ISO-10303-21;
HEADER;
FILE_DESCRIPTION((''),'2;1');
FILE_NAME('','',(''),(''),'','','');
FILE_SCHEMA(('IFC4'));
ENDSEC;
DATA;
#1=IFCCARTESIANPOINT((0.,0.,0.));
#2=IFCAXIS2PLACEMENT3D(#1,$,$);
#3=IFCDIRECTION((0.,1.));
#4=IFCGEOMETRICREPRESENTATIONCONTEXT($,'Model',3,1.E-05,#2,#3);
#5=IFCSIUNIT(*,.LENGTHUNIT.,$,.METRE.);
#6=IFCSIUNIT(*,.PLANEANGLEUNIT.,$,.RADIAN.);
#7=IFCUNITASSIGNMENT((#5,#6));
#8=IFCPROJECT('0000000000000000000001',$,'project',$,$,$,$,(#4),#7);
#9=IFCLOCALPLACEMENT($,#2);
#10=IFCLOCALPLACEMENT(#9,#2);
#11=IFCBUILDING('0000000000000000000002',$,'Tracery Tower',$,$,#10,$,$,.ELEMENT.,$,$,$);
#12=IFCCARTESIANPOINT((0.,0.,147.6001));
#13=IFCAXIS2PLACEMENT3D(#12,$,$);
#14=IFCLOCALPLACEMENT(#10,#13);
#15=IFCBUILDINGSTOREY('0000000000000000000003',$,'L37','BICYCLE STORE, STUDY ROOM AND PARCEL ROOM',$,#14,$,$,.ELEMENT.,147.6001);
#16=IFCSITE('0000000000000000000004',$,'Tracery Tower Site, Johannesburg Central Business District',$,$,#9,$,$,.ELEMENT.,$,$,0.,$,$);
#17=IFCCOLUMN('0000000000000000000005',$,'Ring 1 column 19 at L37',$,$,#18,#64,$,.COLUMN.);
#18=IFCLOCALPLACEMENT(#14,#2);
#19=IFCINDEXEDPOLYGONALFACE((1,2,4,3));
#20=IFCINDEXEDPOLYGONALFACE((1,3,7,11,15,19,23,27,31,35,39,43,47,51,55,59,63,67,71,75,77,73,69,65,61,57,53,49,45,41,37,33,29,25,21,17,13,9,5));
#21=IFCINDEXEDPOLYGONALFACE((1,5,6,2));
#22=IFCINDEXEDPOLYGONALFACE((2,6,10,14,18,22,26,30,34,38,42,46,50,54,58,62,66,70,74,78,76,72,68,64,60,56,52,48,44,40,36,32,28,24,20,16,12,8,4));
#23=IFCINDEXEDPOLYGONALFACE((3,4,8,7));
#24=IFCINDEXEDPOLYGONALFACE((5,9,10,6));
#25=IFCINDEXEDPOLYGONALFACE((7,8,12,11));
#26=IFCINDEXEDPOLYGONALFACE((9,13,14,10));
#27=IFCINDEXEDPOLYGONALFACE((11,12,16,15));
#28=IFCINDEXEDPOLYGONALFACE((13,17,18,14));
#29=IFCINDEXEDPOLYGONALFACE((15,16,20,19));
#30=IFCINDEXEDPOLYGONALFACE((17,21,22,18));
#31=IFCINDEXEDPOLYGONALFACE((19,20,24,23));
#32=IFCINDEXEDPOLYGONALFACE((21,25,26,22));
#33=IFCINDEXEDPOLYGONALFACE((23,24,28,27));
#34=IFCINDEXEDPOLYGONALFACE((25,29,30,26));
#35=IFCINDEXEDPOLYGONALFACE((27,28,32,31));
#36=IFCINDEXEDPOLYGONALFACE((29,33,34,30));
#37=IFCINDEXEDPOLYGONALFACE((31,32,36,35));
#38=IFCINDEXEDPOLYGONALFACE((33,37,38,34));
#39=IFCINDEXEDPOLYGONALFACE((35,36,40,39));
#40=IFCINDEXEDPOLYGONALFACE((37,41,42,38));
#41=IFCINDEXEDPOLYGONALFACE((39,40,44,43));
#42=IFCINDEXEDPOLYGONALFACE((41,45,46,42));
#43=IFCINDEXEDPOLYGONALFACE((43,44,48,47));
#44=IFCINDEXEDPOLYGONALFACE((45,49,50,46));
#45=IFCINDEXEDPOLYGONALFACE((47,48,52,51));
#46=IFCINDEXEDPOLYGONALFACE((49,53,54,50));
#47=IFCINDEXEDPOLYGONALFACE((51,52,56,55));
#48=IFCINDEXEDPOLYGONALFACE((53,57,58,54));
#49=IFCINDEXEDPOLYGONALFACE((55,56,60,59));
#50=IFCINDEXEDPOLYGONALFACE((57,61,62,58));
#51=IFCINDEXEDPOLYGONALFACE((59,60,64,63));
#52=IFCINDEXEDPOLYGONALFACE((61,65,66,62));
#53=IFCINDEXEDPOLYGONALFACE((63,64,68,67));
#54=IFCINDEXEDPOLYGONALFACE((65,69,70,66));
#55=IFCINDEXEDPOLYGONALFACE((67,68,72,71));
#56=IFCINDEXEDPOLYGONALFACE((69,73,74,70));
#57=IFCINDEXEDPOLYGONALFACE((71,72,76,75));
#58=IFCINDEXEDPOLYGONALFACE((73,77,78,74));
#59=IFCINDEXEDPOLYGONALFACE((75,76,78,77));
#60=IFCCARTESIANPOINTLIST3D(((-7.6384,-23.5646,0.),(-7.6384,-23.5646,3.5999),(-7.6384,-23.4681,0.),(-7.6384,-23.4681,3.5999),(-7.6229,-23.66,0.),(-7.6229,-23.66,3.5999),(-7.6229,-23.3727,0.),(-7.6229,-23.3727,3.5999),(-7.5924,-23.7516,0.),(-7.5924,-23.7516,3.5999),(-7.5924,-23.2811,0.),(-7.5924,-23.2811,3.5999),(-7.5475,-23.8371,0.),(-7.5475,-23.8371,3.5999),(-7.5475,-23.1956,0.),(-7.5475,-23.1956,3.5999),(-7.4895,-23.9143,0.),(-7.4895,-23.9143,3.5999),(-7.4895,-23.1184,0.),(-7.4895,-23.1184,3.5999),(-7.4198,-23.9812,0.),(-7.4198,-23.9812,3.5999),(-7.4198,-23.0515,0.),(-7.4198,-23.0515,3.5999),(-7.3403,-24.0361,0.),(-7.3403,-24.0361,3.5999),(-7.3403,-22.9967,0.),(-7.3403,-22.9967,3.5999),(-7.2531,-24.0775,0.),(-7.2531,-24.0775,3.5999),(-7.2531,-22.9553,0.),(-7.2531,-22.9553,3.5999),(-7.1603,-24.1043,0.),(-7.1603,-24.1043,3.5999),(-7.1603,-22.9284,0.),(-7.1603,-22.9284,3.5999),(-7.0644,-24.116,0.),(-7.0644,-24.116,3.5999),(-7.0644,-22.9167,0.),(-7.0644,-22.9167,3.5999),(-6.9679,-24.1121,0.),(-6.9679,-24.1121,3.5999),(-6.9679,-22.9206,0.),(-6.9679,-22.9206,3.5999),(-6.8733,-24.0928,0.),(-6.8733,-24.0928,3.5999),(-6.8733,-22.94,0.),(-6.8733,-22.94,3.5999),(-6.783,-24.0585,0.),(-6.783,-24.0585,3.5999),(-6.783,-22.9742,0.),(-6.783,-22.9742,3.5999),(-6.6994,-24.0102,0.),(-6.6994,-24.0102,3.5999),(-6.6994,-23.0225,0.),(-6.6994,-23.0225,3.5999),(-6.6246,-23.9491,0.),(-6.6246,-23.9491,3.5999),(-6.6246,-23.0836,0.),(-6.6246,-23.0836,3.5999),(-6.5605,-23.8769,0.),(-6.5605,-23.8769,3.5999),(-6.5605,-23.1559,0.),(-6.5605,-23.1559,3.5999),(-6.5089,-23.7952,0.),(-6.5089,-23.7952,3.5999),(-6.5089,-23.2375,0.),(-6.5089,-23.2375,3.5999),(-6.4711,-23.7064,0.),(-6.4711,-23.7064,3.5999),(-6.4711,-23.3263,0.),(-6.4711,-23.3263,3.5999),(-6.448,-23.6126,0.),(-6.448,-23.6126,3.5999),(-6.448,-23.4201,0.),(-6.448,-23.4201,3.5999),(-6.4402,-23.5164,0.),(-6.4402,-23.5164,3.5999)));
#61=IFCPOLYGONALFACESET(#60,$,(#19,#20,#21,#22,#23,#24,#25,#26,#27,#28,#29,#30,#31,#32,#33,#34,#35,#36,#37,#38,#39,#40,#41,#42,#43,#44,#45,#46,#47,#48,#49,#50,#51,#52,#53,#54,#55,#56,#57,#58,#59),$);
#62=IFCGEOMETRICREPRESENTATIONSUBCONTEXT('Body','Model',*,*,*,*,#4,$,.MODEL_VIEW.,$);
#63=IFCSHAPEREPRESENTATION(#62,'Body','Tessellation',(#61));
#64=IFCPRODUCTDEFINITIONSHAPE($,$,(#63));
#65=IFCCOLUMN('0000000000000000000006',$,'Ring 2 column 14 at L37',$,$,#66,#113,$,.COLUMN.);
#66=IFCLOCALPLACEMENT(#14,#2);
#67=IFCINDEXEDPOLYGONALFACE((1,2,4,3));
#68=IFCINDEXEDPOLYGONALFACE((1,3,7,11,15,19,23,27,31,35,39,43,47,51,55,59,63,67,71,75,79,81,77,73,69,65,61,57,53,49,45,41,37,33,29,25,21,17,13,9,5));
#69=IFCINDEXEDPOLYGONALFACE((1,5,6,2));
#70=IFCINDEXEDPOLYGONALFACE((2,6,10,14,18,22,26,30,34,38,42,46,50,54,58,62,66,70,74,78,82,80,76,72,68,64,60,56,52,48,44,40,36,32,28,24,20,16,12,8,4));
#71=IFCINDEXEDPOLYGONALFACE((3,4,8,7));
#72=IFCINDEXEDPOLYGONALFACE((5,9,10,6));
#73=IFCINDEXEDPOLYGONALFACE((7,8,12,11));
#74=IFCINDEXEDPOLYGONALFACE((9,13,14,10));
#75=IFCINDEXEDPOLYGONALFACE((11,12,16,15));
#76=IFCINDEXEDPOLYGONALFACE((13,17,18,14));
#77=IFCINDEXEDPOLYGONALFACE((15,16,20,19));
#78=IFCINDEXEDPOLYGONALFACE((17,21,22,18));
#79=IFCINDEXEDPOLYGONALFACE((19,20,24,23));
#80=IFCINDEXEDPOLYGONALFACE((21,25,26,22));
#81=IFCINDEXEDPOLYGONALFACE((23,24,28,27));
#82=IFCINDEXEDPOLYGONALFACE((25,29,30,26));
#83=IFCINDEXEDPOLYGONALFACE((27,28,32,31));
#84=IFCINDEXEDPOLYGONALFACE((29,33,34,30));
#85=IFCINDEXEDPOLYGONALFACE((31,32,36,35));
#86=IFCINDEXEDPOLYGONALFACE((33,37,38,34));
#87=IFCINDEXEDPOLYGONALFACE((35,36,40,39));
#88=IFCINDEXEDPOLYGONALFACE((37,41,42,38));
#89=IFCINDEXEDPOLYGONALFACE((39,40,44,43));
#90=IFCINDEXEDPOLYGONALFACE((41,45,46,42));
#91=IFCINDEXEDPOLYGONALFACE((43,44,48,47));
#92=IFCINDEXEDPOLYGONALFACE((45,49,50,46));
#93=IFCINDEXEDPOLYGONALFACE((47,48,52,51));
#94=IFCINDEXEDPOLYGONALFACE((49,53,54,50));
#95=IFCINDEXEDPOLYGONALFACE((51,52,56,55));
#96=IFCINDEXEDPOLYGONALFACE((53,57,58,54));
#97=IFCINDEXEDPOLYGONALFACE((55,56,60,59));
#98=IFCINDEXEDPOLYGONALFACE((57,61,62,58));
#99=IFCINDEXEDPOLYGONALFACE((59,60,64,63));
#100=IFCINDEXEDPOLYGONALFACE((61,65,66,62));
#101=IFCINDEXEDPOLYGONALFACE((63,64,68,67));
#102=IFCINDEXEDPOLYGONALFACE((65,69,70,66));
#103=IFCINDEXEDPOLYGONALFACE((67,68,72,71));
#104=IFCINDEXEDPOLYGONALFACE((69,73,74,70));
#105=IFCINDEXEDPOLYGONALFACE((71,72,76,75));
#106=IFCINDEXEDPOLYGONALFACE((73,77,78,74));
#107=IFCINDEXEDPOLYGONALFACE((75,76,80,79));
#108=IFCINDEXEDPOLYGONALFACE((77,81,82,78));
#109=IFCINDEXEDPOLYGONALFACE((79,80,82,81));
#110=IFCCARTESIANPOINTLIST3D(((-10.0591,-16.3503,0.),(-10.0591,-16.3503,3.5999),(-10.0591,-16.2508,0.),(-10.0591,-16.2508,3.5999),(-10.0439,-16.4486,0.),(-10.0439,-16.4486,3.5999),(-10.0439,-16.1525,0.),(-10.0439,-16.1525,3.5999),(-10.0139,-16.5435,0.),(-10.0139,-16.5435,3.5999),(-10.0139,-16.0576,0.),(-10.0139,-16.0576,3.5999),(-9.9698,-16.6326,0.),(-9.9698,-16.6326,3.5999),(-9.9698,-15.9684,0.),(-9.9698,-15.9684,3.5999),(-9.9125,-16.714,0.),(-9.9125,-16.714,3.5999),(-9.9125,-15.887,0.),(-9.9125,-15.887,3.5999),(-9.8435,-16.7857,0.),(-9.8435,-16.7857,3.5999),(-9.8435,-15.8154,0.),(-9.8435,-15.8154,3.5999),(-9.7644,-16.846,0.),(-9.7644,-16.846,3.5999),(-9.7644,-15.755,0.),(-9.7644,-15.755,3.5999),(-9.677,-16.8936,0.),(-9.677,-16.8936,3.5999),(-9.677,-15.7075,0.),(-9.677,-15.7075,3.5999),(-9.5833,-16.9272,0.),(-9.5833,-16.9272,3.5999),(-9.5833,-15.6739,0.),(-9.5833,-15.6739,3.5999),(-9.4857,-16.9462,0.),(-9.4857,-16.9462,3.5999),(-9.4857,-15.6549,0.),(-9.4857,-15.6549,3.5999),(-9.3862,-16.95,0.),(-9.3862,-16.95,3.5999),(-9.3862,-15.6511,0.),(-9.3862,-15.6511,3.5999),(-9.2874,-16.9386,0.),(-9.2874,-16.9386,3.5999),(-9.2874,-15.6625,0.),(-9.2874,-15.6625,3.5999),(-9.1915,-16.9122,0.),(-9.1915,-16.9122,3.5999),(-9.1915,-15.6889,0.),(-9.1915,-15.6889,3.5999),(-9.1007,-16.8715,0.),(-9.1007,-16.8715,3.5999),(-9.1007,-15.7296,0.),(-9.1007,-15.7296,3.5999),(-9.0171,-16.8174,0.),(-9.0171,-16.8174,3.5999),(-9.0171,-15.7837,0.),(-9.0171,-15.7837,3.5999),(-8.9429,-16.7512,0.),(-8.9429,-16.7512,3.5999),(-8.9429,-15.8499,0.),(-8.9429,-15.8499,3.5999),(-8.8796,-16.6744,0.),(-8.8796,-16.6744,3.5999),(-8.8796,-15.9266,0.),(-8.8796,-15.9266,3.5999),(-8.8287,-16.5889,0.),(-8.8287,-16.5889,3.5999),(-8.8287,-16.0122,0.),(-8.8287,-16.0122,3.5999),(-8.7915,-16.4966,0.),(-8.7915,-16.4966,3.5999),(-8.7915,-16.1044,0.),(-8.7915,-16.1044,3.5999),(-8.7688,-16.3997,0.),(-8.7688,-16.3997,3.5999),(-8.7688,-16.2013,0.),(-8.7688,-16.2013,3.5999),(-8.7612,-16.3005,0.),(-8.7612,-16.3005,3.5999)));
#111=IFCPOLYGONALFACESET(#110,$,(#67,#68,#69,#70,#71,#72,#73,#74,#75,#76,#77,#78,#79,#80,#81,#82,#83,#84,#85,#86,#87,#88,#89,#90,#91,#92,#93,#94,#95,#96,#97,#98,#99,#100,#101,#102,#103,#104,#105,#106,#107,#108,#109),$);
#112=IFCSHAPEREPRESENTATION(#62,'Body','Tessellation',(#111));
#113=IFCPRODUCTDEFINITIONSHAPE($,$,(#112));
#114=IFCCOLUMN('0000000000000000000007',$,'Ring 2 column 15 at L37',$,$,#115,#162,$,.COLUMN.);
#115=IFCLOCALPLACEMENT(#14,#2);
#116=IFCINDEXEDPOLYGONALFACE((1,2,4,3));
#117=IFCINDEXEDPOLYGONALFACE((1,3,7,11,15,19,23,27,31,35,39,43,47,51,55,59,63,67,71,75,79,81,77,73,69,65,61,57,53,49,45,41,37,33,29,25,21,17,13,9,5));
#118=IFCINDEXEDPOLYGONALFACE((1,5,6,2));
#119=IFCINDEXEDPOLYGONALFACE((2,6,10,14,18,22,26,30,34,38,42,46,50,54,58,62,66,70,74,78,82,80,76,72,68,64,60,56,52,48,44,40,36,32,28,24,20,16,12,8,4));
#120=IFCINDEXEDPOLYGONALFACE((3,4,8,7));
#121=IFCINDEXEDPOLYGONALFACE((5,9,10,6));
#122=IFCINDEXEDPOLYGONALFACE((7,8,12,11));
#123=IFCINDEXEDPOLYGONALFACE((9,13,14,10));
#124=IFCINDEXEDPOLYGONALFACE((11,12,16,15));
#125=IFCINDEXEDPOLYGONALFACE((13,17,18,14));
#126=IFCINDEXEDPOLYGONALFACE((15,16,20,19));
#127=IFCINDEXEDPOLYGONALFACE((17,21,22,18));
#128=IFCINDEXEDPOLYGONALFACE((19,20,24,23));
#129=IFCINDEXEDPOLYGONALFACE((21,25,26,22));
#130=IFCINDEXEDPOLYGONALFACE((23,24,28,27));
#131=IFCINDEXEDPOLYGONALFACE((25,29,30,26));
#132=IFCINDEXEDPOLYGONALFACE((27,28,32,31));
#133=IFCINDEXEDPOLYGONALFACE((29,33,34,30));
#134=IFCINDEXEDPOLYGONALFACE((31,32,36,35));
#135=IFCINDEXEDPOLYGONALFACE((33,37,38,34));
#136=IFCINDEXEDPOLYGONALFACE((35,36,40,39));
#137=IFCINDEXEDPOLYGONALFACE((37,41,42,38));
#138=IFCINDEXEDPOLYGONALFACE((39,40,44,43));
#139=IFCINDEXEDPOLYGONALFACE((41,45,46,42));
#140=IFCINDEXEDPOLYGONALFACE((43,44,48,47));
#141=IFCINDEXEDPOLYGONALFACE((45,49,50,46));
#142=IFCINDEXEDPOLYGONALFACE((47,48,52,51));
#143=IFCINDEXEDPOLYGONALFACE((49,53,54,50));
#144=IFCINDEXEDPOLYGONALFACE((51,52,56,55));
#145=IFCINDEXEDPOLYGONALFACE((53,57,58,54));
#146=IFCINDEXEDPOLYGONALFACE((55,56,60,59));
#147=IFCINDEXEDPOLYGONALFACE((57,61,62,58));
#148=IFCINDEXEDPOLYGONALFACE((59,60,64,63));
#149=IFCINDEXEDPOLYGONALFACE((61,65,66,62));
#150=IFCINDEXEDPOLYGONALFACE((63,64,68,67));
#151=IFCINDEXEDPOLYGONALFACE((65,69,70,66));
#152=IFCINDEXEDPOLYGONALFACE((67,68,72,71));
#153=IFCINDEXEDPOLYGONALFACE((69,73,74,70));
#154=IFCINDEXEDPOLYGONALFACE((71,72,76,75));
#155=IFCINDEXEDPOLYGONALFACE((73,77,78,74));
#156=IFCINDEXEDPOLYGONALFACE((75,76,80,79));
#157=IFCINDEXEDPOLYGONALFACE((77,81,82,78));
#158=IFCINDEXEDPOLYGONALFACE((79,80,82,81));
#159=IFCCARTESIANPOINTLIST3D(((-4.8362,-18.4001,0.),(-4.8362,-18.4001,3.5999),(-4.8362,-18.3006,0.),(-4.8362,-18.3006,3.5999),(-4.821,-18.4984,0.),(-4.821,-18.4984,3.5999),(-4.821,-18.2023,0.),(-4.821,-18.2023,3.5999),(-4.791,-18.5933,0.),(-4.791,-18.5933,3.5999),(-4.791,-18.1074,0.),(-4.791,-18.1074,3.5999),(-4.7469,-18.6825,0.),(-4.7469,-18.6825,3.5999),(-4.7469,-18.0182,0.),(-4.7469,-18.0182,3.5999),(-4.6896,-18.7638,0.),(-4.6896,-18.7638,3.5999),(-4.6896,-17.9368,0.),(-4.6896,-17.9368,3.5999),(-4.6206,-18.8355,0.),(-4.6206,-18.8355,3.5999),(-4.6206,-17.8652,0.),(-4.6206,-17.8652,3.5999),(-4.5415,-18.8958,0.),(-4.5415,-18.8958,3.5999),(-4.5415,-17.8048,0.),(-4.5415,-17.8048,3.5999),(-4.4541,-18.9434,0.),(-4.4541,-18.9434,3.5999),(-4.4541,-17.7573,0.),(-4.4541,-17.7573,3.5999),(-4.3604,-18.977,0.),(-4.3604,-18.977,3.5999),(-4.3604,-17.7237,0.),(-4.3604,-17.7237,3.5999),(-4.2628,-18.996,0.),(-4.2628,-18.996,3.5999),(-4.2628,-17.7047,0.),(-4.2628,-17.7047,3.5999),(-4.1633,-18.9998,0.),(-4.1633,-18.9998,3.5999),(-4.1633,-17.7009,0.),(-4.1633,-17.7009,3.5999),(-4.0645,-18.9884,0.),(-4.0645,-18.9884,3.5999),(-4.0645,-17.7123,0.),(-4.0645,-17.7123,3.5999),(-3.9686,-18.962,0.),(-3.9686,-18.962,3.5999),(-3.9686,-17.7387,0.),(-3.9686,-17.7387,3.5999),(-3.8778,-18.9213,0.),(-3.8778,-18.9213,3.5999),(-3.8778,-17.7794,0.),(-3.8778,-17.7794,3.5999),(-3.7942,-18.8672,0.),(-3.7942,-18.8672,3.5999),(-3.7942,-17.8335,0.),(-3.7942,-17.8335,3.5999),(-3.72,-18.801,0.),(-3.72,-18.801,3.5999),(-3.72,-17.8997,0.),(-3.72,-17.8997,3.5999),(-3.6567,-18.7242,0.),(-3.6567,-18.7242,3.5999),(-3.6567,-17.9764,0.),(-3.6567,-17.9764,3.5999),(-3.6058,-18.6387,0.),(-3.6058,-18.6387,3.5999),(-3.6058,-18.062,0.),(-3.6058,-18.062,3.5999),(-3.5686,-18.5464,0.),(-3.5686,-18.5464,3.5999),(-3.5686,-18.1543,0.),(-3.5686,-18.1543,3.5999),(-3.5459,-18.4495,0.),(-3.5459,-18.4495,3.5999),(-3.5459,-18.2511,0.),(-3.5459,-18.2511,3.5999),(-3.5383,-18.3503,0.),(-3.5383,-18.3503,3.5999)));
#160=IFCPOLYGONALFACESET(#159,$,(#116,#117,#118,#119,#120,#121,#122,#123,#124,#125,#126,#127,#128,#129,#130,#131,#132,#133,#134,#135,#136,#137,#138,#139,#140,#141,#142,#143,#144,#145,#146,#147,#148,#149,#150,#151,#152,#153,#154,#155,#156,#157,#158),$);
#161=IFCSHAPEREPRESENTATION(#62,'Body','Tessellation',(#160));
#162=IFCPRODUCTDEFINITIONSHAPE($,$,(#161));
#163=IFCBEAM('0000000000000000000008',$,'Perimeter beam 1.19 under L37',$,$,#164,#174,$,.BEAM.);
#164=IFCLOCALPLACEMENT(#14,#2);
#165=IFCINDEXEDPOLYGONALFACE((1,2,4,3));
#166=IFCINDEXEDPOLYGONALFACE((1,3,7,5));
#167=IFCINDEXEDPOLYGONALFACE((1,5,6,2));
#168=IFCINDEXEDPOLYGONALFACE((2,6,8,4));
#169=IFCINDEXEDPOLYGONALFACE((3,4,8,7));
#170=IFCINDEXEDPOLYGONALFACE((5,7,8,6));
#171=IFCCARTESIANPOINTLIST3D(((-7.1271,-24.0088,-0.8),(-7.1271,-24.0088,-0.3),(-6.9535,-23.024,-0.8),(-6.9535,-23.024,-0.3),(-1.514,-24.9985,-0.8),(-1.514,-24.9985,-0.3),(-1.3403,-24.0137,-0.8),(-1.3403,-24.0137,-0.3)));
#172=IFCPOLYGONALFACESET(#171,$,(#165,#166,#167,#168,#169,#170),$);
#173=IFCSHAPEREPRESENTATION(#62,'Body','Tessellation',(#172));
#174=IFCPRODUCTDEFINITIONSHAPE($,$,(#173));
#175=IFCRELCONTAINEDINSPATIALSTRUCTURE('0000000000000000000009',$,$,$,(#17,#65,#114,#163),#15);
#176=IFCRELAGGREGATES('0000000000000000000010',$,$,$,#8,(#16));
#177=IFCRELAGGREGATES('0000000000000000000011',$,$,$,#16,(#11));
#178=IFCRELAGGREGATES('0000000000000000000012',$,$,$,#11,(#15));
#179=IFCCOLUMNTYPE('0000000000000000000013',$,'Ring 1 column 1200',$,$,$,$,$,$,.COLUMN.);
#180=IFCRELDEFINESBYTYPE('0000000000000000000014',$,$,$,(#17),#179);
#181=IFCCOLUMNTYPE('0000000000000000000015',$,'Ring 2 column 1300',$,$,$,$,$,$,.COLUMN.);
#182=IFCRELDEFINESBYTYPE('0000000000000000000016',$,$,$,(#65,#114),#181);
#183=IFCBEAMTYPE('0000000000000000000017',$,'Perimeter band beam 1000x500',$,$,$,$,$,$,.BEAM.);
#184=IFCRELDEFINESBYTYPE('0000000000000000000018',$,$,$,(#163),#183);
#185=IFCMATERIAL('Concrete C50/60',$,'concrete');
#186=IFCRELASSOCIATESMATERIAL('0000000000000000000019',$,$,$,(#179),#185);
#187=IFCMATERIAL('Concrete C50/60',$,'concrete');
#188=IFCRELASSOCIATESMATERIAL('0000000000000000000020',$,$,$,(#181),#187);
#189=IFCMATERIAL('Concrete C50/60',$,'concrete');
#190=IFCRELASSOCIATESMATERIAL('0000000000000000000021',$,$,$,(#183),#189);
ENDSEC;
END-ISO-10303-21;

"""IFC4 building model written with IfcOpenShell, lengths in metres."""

from ifc_helpers import new_model, si_unit, direction, frame, origin, origin_2d, place, context, subcontext, project, spatial, rectangle, circle, extrude, material, material_profile, profile_set, type_object, element, save


model = new_model("IFC4")

# Units and contexts
model_context = context("Model", 3, precision=1e-05, world=origin(), true_north=direction((0.0, 1.0)))
body_context = subcontext(model_context, "Body", "Model", "MODEL_VIEW")
ifc_project = project(units=[si_unit("LENGTHUNIT", "METRE"), si_unit("PLANEANGLEUNIT", "RADIAN")], contexts=[model_context])

# Site, building, storey
site_placement = place(None, origin())
site = spatial("IfcSite", under=ifc_project, at=site_placement, Name="Tracery Tower Site, Johannesburg Central Business District", CompositionType="ELEMENT", RefElevation=0.0)
building_placement = place(site_placement, origin())
building = spatial("IfcBuilding", under=site, at=building_placement, Name="Tracery Tower", CompositionType="ELEMENT")
storey_placement = place(building_placement, frame((0.0, 0.0, 147.6001)))
storey = spatial("IfcBuildingStorey", under=building, at=storey_placement, Name="L37", Description="BICYCLE STORE, STUDY ROOM AND PARCEL ROOM", CompositionType="ELEMENT", Elevation=147.6001)

# Columns
ifc_material_1 = material(Name="Concrete C50/60", Category="concrete")
ifc_material_profile_1 = material_profile(ifc_material_1, circle(Radius=0.6001, at=origin_2d()), Name="RC D1200")
ifc_profile_set_1 = profile_set([ifc_material_profile_1], Name="Concrete C50/60")
column_type_1 = type_object("IfcColumnType", Name="Ring 1 column 1200", PredefinedType="COLUMN", material=ifc_profile_set_1)
column_placement = place(storey_placement, frame((-7.0403, -23.5164, 0.0), z_axis=(0.0, 0.0, 1.0), x_axis=(1.0, 0.0, 0.0)))
element("IfcColumn", 1, at=column_placement, inside=storey, type_object=column_type_1, Name="Ring 1 column 19 at L37", PredefinedType="COLUMN", context=body_context, shape_type="SweptSolid", body=[
    extrude(circle(Radius=0.6001, at=origin_2d()), origin(), (0.0, 0.0, 1.0), 3.5999),
])
ifc_material_2 = material(Name="Concrete C50/60", Category="concrete")
ifc_material_profile_2 = material_profile(ifc_material_2, circle(Radius=0.6499, at=origin_2d()), Name="RC D1300")
ifc_profile_set_2 = profile_set([ifc_material_profile_2], Name="Concrete C50/60")
column_type_2 = type_object("IfcColumnType", Name="Ring 2 column 1300", PredefinedType="COLUMN", material=ifc_profile_set_2)
for number, where, z_axis, x_axis, name in (
    (2, (-9.4111, -16.3005, 0.0), (0.0, 0.0, 1.0), (1.0, 0.0, 0.0), "Ring 2 column 14 at L37"),
    (3, (-4.1882, -18.3503, 0.0), (0.0, 0.0, 1.0), (1.0, 0.0, 0.0), "Ring 2 column 15 at L37"),
):
    element("IfcColumn", number, at=place(storey_placement, frame(where, z_axis=z_axis, x_axis=x_axis)), inside=storey, type_object=column_type_2, Name=name, PredefinedType="COLUMN", context=body_context, shape_type="SweptSolid", body=[
        extrude(circle(Radius=0.6499, at=origin_2d()), origin(), (0.0, 0.0, 1.0), 3.5999),
    ])

# Beam
ifc_material_3 = material(Name="Concrete C50/60", Category="concrete")
ifc_material_profile_3 = material_profile(ifc_material_3, rectangle(XDim=1.0, YDim=0.5, at=origin_2d()), Name="RC 1000x500")
ifc_profile_set_3 = profile_set([ifc_material_profile_3], Name="Concrete C50/60")
beam_type = type_object("IfcBeamType", Name="Perimeter band beam 1000x500", PredefinedType="BEAM", material=ifc_profile_set_3)
beam_placement = place(storey_placement, frame((-7.0403, -23.5164, -0.55), z_axis=(0.984807, -0.173651, 0.0), x_axis=(0.173651, 0.984807, 0.0)))
element("IfcBeam", 4, at=beam_placement, inside=storey, type_object=beam_type, Name="Perimeter beam 1.19 under L37", PredefinedType="BEAM", context=body_context, shape_type="SweptSolid", body=[
    extrude(rectangle(XDim=1.0, YDim=0.5, at=origin_2d()), origin(), (0.0, 0.0, 1.0), 5.6997),
])

save(model, "model.ifc")
